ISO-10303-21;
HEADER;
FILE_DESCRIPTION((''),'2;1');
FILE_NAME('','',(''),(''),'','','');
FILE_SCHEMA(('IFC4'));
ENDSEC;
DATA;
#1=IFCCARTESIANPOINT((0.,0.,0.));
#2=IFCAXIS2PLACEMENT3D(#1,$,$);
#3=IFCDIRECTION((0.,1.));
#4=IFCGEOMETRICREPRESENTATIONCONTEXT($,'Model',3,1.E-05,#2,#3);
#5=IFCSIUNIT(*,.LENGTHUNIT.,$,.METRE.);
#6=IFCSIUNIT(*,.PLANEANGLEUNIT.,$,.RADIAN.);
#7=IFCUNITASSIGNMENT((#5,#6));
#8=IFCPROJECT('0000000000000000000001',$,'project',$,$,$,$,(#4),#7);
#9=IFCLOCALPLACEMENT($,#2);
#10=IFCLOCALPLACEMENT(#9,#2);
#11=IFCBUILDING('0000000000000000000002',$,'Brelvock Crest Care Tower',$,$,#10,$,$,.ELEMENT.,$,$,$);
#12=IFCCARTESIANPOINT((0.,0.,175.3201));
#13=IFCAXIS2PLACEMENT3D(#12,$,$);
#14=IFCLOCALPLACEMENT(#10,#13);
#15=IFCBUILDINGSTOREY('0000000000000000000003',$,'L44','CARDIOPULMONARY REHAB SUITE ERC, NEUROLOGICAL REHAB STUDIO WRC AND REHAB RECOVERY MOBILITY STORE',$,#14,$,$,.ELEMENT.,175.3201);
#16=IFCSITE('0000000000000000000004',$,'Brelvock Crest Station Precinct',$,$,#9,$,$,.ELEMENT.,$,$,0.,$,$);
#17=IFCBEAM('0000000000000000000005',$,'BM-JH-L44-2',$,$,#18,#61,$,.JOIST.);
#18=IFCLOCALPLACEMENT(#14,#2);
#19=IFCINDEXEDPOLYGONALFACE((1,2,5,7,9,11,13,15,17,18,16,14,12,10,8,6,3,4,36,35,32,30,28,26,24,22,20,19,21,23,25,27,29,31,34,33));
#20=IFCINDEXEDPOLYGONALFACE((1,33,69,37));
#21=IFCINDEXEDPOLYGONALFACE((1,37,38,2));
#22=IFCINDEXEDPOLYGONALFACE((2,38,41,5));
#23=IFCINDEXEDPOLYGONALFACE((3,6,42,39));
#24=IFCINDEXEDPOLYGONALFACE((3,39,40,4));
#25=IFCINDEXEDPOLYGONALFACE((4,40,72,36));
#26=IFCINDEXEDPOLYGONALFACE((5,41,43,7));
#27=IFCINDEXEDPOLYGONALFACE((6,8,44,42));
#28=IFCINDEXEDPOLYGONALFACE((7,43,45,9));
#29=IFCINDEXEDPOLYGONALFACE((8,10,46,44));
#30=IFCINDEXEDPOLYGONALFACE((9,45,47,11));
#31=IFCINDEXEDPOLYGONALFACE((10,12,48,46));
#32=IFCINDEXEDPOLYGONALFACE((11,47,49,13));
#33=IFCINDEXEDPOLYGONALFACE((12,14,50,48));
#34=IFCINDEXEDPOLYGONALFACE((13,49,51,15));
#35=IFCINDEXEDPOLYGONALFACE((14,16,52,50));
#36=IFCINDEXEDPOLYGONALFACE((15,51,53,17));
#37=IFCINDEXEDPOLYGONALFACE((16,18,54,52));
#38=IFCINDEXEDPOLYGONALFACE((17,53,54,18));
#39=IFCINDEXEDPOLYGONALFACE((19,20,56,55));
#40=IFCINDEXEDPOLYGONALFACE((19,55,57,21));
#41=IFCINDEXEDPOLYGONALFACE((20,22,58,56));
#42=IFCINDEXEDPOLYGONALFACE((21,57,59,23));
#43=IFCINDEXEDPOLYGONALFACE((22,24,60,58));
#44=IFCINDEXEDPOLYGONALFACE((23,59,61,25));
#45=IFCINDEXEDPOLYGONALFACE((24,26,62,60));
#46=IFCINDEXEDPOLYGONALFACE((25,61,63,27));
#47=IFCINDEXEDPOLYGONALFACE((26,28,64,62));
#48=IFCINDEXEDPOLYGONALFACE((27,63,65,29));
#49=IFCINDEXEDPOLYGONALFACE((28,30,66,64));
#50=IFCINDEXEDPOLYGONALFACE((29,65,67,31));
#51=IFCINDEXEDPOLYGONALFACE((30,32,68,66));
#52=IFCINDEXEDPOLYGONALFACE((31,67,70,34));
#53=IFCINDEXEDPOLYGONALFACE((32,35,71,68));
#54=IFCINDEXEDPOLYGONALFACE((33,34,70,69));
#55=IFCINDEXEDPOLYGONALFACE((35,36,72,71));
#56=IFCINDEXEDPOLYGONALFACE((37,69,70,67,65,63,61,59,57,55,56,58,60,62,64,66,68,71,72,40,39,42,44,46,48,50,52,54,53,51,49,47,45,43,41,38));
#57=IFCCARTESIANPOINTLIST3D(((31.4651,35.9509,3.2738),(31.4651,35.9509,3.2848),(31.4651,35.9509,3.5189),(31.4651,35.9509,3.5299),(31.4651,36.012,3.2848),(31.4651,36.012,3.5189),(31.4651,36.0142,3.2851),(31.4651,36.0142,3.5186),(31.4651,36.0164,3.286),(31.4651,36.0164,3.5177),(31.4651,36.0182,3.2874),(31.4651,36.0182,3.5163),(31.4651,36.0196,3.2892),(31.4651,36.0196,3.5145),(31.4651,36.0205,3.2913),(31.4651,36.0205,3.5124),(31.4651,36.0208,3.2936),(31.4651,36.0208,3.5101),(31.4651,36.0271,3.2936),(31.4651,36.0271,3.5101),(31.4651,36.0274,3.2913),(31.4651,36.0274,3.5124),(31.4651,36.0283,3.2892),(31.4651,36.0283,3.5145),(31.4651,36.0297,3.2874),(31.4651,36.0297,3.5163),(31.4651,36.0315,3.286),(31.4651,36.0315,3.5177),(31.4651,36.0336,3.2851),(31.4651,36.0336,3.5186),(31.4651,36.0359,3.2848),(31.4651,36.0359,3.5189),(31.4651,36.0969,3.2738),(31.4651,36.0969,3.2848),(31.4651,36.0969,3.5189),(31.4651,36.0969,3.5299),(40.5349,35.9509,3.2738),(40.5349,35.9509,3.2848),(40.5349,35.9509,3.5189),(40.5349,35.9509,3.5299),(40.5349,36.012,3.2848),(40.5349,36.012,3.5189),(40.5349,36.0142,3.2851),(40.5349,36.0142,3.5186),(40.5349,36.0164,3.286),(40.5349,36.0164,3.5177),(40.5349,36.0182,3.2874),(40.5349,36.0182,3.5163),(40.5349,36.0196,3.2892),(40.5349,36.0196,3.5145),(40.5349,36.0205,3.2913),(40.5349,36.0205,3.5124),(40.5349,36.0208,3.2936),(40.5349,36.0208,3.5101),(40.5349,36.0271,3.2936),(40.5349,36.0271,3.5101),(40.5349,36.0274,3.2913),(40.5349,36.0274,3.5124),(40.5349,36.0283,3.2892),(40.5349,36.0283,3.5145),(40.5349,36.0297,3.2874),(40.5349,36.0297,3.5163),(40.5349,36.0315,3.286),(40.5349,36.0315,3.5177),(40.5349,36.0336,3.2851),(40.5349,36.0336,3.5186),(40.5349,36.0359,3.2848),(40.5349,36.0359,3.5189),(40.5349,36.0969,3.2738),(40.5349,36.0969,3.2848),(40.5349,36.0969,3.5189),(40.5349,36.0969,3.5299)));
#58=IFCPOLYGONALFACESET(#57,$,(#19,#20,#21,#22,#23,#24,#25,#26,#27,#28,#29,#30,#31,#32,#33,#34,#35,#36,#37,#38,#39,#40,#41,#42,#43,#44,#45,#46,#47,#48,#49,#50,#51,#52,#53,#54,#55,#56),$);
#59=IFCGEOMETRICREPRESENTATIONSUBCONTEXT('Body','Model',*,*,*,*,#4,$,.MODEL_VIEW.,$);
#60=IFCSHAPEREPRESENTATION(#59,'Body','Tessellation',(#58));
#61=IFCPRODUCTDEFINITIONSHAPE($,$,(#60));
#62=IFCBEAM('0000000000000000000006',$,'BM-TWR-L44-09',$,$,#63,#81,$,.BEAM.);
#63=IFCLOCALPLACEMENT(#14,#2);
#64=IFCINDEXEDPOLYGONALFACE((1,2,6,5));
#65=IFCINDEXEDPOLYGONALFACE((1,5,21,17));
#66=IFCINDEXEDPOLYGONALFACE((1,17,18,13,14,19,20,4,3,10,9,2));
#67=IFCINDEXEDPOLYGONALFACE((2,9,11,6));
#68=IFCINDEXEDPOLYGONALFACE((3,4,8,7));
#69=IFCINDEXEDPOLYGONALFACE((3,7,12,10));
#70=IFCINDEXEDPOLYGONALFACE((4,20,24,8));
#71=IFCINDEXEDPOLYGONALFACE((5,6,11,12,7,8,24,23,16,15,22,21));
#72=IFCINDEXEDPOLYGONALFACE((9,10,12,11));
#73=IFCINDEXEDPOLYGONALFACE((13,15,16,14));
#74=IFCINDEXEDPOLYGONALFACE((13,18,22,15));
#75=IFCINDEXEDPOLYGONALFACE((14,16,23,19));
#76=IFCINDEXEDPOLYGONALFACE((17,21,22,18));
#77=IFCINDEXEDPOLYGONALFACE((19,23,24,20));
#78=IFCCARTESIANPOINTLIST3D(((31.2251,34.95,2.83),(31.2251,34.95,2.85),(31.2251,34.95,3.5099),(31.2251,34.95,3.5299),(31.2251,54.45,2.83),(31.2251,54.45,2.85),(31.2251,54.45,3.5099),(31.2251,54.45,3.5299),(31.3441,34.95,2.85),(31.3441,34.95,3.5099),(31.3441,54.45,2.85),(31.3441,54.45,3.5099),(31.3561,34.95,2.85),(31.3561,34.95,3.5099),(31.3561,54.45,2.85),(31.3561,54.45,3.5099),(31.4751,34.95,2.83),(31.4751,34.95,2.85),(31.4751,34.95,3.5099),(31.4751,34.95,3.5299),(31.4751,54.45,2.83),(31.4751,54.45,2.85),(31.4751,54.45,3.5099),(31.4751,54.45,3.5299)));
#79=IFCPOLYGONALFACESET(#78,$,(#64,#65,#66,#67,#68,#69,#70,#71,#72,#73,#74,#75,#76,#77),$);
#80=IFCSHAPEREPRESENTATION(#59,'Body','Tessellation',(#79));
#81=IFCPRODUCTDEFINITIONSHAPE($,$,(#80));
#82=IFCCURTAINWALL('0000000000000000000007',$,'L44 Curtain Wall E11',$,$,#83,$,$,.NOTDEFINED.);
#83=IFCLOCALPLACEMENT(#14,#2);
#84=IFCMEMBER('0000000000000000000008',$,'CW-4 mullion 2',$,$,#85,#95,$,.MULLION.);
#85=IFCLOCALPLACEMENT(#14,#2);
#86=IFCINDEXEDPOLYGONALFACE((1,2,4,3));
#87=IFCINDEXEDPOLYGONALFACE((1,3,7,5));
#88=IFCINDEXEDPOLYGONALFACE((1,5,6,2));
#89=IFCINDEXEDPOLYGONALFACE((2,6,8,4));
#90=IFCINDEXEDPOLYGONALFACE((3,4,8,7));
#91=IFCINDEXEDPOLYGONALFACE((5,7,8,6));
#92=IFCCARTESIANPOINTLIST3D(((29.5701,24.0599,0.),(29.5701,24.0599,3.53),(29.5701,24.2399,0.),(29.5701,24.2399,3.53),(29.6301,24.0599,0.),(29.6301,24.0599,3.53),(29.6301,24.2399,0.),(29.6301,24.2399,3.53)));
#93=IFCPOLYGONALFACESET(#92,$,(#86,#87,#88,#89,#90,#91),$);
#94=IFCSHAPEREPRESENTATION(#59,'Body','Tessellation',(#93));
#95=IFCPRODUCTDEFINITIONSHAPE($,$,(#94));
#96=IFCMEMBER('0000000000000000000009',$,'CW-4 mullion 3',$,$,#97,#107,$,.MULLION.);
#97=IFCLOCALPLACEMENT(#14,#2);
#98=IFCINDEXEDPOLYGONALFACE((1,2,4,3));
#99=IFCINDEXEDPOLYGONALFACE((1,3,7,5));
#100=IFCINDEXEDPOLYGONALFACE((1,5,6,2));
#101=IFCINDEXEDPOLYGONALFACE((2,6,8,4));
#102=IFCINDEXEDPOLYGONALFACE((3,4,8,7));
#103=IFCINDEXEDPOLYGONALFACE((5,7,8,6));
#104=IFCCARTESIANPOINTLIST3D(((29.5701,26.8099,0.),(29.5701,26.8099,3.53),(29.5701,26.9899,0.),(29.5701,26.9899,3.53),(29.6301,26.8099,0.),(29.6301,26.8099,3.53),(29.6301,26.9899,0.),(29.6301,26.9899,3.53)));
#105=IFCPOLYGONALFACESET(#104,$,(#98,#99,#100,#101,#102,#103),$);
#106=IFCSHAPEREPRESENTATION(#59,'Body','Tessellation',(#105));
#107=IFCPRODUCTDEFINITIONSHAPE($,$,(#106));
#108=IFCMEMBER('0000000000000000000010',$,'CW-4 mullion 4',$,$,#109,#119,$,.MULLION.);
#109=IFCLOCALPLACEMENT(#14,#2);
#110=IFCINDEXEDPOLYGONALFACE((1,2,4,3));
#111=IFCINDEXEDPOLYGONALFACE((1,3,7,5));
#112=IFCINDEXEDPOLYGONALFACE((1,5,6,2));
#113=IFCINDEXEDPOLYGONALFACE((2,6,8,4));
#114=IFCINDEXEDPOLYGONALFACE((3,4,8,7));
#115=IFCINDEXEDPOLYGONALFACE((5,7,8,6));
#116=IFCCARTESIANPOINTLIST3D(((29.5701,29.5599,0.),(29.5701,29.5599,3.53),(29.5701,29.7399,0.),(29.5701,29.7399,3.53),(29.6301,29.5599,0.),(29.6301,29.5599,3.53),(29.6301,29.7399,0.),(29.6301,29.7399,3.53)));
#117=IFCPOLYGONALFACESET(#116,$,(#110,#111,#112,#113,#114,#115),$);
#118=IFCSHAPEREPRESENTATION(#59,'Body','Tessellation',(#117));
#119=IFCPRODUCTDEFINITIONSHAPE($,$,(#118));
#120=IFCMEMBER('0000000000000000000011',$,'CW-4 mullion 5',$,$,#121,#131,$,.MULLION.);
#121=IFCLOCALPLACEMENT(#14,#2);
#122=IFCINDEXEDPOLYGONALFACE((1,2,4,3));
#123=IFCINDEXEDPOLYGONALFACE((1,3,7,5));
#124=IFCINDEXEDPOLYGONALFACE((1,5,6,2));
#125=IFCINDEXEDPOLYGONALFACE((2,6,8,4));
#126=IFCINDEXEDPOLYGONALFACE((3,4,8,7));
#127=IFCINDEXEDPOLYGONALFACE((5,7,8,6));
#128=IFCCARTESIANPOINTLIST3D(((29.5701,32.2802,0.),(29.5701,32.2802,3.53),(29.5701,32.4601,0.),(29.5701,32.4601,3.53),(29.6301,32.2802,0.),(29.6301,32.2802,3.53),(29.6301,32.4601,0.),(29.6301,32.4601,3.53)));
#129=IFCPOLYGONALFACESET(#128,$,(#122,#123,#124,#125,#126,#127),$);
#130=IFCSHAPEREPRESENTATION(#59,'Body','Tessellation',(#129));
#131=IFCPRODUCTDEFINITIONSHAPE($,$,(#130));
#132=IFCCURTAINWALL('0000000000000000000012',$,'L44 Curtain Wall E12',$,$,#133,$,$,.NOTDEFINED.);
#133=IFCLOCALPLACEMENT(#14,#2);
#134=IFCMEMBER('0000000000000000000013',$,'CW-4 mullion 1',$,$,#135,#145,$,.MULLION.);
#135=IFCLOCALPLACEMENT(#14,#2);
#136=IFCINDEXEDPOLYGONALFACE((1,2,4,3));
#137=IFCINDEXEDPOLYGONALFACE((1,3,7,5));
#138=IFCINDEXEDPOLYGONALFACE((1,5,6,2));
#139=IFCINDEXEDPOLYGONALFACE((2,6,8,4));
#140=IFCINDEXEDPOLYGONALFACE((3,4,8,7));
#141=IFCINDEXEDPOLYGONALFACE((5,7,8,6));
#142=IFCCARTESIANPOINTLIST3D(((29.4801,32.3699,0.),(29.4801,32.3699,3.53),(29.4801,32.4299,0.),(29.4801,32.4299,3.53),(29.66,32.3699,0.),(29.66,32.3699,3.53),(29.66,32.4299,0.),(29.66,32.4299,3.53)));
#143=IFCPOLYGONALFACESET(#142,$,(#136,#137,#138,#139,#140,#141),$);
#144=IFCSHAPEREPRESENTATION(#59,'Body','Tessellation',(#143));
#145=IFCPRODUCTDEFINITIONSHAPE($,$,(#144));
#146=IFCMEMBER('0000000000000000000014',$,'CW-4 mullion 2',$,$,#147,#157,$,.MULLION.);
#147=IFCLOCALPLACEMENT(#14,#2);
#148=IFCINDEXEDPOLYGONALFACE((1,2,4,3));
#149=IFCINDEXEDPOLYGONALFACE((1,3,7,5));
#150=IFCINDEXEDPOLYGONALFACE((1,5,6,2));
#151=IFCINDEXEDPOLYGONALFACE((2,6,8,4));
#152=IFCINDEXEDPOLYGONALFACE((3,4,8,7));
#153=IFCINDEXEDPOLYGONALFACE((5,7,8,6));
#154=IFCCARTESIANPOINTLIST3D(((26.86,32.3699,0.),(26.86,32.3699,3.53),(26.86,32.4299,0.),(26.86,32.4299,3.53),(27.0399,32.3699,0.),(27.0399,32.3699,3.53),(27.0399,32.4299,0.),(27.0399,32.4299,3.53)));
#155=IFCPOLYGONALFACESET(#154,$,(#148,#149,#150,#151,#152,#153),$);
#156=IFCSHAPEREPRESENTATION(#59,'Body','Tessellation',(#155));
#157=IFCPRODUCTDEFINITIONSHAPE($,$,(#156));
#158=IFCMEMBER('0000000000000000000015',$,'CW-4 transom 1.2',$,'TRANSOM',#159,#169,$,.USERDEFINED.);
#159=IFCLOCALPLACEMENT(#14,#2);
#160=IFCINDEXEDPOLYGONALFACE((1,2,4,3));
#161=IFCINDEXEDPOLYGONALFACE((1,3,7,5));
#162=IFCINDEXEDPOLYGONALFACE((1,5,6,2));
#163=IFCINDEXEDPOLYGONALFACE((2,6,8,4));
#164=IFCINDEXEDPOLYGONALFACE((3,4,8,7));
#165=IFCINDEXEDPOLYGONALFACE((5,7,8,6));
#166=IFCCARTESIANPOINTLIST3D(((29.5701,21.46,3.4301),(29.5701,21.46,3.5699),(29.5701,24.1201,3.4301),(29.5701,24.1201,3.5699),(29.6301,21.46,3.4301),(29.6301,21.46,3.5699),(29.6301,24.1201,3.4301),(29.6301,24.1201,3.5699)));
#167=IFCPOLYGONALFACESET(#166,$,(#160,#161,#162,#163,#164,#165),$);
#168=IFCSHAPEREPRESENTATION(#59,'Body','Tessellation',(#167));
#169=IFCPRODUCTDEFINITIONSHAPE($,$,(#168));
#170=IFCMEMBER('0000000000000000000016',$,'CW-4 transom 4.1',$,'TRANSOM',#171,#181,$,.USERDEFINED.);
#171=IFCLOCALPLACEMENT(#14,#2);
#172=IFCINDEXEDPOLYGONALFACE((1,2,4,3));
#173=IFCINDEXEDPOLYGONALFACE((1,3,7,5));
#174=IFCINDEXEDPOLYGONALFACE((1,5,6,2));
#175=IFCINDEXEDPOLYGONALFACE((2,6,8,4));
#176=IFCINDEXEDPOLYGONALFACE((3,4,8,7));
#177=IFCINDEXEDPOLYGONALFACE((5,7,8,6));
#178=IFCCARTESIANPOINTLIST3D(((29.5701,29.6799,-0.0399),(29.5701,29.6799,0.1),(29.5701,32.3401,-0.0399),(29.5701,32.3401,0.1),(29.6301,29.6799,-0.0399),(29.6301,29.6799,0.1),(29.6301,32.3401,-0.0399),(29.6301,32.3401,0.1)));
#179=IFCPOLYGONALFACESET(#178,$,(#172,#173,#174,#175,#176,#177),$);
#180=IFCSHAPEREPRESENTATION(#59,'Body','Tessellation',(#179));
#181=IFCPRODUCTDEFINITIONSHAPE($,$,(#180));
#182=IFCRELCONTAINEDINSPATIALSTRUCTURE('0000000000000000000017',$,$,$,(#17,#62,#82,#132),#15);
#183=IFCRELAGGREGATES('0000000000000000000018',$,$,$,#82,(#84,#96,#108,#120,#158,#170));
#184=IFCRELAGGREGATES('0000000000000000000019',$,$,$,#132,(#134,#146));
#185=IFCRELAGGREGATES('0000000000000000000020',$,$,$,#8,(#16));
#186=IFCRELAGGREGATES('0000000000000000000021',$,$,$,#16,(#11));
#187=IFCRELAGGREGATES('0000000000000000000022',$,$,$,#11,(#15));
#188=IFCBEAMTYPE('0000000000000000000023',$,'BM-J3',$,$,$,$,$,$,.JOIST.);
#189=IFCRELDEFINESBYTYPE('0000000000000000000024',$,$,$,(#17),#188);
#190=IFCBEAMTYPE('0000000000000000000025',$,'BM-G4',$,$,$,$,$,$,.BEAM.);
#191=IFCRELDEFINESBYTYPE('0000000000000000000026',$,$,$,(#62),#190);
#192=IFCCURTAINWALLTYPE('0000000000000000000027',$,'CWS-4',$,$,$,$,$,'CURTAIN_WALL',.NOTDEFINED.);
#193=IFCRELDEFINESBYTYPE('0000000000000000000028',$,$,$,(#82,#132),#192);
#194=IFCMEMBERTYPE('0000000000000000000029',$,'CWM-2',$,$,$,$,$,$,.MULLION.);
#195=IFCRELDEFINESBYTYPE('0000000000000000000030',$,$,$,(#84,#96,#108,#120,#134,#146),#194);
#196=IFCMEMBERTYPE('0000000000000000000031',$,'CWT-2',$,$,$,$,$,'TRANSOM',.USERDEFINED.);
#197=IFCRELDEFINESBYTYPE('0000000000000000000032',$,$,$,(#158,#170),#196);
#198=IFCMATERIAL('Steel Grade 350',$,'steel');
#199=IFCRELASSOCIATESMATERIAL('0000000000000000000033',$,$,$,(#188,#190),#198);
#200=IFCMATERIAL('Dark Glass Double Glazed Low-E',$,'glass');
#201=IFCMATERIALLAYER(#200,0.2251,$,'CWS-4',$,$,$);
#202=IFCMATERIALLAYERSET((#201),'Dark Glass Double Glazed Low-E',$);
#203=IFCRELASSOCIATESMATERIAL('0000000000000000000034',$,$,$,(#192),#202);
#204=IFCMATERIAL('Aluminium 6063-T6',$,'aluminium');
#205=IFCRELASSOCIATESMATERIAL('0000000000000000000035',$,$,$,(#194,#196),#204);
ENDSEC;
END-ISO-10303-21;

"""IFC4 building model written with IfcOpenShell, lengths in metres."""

from ifc_helpers import new_model, si_unit, direction, frame, origin, origin_2d, place, context, subcontext, project, spatial, rectangle, i_section, extrude, source, transform, mapped, material, layer, layer_set, material_profile, profile_set, type_object, element, aggregate, save


model = new_model("IFC4")

# Units and contexts
model_context = context("Model", 3, precision=1e-05, world=origin(), true_north=direction((0.0, 1.0)))
body_context = subcontext(model_context, "Body", "Model", "MODEL_VIEW")
ifc_project = project(units=[si_unit("LENGTHUNIT", "METRE"), si_unit("PLANEANGLEUNIT", "RADIAN")], contexts=[model_context])

# Site, building, storey
site_placement = place(None, origin())
site = spatial("IfcSite", under=ifc_project, at=site_placement, Name="Brelvock Crest Station Precinct", CompositionType="ELEMENT", RefElevation=0.0)
building_placement = place(site_placement, origin())
building = spatial("IfcBuilding", under=site, at=building_placement, Name="Brelvock Crest Care Tower", CompositionType="ELEMENT")
storey_placement = place(building_placement, frame((0.0, 0.0, 175.3201)))
storey = spatial("IfcBuildingStorey", under=building, at=storey_placement, Name="L44", Description="CARDIOPULMONARY REHAB SUITE ERC, NEUROLOGICAL REHAB STUDIO WRC AND REHAB RECOVERY MOBILITY STORE", CompositionType="ELEMENT", Elevation=175.3201)

# Shared definitions
ifc_material_1 = material(Name="Steel Grade 350", Category="steel")

# Beams
ifc_material_profile_1 = material_profile(ifc_material_1, i_section(OverallWidth=0.146, OverallDepth=0.2561, WebThickness=0.0063, FlangeThickness=0.011, FilletRadius=0.0088, at=origin_2d()), Name="250UB37.3")
ifc_profile_set_1 = profile_set([ifc_material_profile_1], Name="Steel Grade 350")
beam_type_1 = type_object("IfcBeamType", Name="BM-J3", PredefinedType="JOIST", material=ifc_profile_set_1)
shared_shape_1 = source(origin(), body_context, "Body", "SweptSolid", [
    extrude(i_section(OverallWidth=0.146, OverallDepth=0.2561, WebThickness=0.0063, FlangeThickness=0.011, FilletRadius=0.0088, at=origin_2d()), origin(), (0.0, 0.0, 1.0), 9.0698),
])
for number, where, z_axis, x_axis, name in (
    (1, (31.4651, 36.0239, 3.4019), (1.0, 0.0, 0.0), (0.0, 1.0, 0.0), "BM-JH-L44-2"),
):
    element("IfcBeam", number, at=place(storey_placement, frame(where, z_axis=z_axis, x_axis=x_axis)), inside=storey, type_object=beam_type_1, Name=name, PredefinedType="JOIST", context=body_context, shape_type="MappedRepresentation", body=[
        mapped(shared_shape_1, transform((0.0, 0.0, 0.0), x_axis=(1.0, 0.0, 0.0), y_axis=(0.0, 1.0, 0.0), z_axis=(0.0, 0.0, 1.0), scale=1.0)),
    ])
ifc_material_profile_2 = material_profile(ifc_material_1, i_section(OverallWidth=0.25, OverallDepth=0.7, WebThickness=0.012, FlangeThickness=0.02, at=origin_2d()), Name="700WB150")
ifc_profile_set_2 = profile_set([ifc_material_profile_2], Name="Steel Grade 350")
beam_type_2 = type_object("IfcBeamType", Name="BM-G4", PredefinedType="BEAM", material=ifc_profile_set_2)
shared_shape_2 = source(origin(), body_context, "Body", "SweptSolid", [
    extrude(i_section(OverallWidth=0.25, OverallDepth=0.7, WebThickness=0.012, FlangeThickness=0.02, at=origin_2d()), origin(), (0.0, 0.0, 1.0), 19.5),
])
beam_1_placement = place(storey_placement, frame((31.3501, 34.95, 3.1799), z_axis=(0.0, 1.0, 0.0), x_axis=(-1.0, 0.0, 0.0)))
element("IfcBeam", 2, at=beam_1_placement, inside=storey, type_object=beam_type_2, Name="BM-TWR-L44-09", PredefinedType="BEAM", context=body_context, shape_type="MappedRepresentation", body=[
    mapped(shared_shape_2, transform((0.0, 0.0, 0.0), x_axis=(1.0, 0.0, 0.0), y_axis=(0.0, 1.0, 0.0), z_axis=(0.0, 0.0, 1.0), scale=1.0)),
])

# Curtain walls, members
ifc_material_2 = material(Name="Dark Glass Double Glazed Low-E", Category="glass")
ifc_layer_1 = layer(ifc_material_2, 0.2251, Name="CWS-4")
ifc_layer_set_1 = layer_set([ifc_layer_1], Name="Dark Glass Double Glazed Low-E")
curtain_wall_type = type_object("IfcCurtainWallType", Name="CWS-4", ElementType="CURTAIN_WALL", PredefinedType="NOTDEFINED", material=ifc_layer_set_1)
curtain_wall_1_placement = place(storey_placement, origin())
curtain_wall_1 = element("IfcCurtainWall", 3, at=curtain_wall_1_placement, inside=storey, type_object=curtain_wall_type, Name="L44 Curtain Wall E11", PredefinedType="NOTDEFINED")
ifc_material_3 = material(Name="Aluminium 6063-T6", Category="aluminium")
ifc_material_profile_3 = material_profile(ifc_material_3, rectangle(XDim=0.0601, YDim=0.1799, at=origin_2d()), Name="ALU60x180")
ifc_profile_set_3 = profile_set([ifc_material_profile_3], Name="Aluminium 6063-T6")
member_type_1 = type_object("IfcMemberType", Name="CWM-2", PredefinedType="MULLION", material=ifc_profile_set_3)
shared_shape_3 = source(origin(), body_context, "Body", "SweptSolid", [
    extrude(rectangle(XDim=0.0601, YDim=0.1799, at=origin_2d()), origin(), (0.0, 0.0, 1.0), 3.53),
])
member_1_placement = place(storey_placement, frame((29.6001, 24.1499, 0.0), z_axis=(0.0, 0.0, 1.0), x_axis=(-1.0, 0.0, 0.0)))
member_1 = element("IfcMember", 4, at=member_1_placement, type_object=member_type_1, Name="CW-4 mullion 2", PredefinedType="MULLION", context=body_context, shape_type="MappedRepresentation", body=[
    mapped(shared_shape_3, transform((0.0, 0.0, 0.0), x_axis=(1.0, 0.0, 0.0), y_axis=(0.0, 1.0, 0.0), z_axis=(0.0, 0.0, 1.0), scale=1.0)),
])
member_2_placement = place(storey_placement, frame((29.6001, 26.8999, 0.0), z_axis=(0.0, 0.0, 1.0), x_axis=(-1.0, 0.0, 0.0)))
member_2 = element("IfcMember", 5, at=member_2_placement, type_object=member_type_1, Name="CW-4 mullion 3", PredefinedType="MULLION", context=body_context, shape_type="MappedRepresentation", body=[
    mapped(shared_shape_3, transform((0.0, 0.0, 0.0), x_axis=(1.0, 0.0, 0.0), y_axis=(0.0, 1.0, 0.0), z_axis=(0.0, 0.0, 1.0), scale=1.0)),
])
member_3_placement = place(storey_placement, frame((29.6001, 29.6499, 0.0), z_axis=(0.0, 0.0, 1.0), x_axis=(-1.0, 0.0, 0.0)))
member_3 = element("IfcMember", 6, at=member_3_placement, type_object=member_type_1, Name="CW-4 mullion 4", PredefinedType="MULLION", context=body_context, shape_type="MappedRepresentation", body=[
    mapped(shared_shape_3, transform((0.0, 0.0, 0.0), x_axis=(1.0, 0.0, 0.0), y_axis=(0.0, 1.0, 0.0), z_axis=(0.0, 0.0, 1.0), scale=1.0)),
])
member_4_placement = place(storey_placement, frame((29.6001, 32.3701, 0.0), z_axis=(0.0, 0.0, 1.0), x_axis=(-1.0, 0.0, 0.0)))
member_4 = element("IfcMember", 7, at=member_4_placement, type_object=member_type_1, Name="CW-4 mullion 5", PredefinedType="MULLION", context=body_context, shape_type="MappedRepresentation", body=[
    mapped(shared_shape_3, transform((0.0, 0.0, 0.0), x_axis=(1.0, 0.0, 0.0), y_axis=(0.0, 1.0, 0.0), z_axis=(0.0, 0.0, 1.0), scale=1.0)),
])
curtain_wall_2_placement = place(storey_placement, origin())
curtain_wall_2 = element("IfcCurtainWall", 8, at=curtain_wall_2_placement, inside=storey, type_object=curtain_wall_type, Name="L44 Curtain Wall E12", PredefinedType="NOTDEFINED")
member_5_placement = place(storey_placement, frame((29.5701, 32.3999, 0.0), z_axis=(0.0, 0.0, 1.0), x_axis=(0.0, -1.0, 0.0)))
member_5 = element("IfcMember", 9, at=member_5_placement, type_object=member_type_1, Name="CW-4 mullion 1", PredefinedType="MULLION", context=body_context, shape_type="MappedRepresentation", body=[
    mapped(shared_shape_3, transform((0.0, 0.0, 0.0), x_axis=(1.0, 0.0, 0.0), y_axis=(0.0, 1.0, 0.0), z_axis=(0.0, 0.0, 1.0), scale=1.0)),
])
member_6_placement = place(storey_placement, frame((26.95, 32.3999, 0.0), z_axis=(0.0, 0.0, 1.0), x_axis=(0.0, -1.0, 0.0)))
member_6 = element("IfcMember", 10, at=member_6_placement, type_object=member_type_1, Name="CW-4 mullion 2", PredefinedType="MULLION", context=body_context, shape_type="MappedRepresentation", body=[
    mapped(shared_shape_3, transform((0.0, 0.0, 0.0), x_axis=(1.0, 0.0, 0.0), y_axis=(0.0, 1.0, 0.0), z_axis=(0.0, 0.0, 1.0), scale=1.0)),
])

# Members
ifc_material_profile_4 = material_profile(ifc_material_3, rectangle(XDim=0.0601, YDim=0.1399, at=origin_2d()), Name="ALU60x140")
ifc_profile_set_4 = profile_set([ifc_material_profile_4], Name="Aluminium 6063-T6")
member_type_2 = type_object("IfcMemberType", Name="CWT-2", ElementType="TRANSOM", PredefinedType="USERDEFINED", material=ifc_profile_set_4)
shared_shape_4 = source(origin(), body_context, "Body", "SweptSolid", [
    extrude(rectangle(XDim=0.0601, YDim=0.1399, at=origin_2d()), origin(), (0.0, 0.0, 1.0), 2.6602),
])
member_7_placement = place(storey_placement, frame((29.6001, 21.46, 3.5), z_axis=(0.0, 1.0, 0.0), x_axis=(-1.0, 0.0, 0.0)))
member_7 = element("IfcMember", 11, at=member_7_placement, type_object=member_type_2, Name="CW-4 transom 1.2", ObjectType="TRANSOM", PredefinedType="USERDEFINED", context=body_context, shape_type="MappedRepresentation", body=[
    mapped(shared_shape_4, transform((0.0, 0.0, 0.0), x_axis=(1.0, 0.0, 0.0), y_axis=(0.0, 1.0, 0.0), z_axis=(0.0, 0.0, 1.0), scale=1.0)),
])
member_8_placement = place(storey_placement, frame((29.6001, 29.6799, 0.03), z_axis=(0.0, 1.0, 0.0), x_axis=(-1.0, 0.0, 0.0)))
member_8 = element("IfcMember", 12, at=member_8_placement, type_object=member_type_2, Name="CW-4 transom 4.1", ObjectType="TRANSOM", PredefinedType="USERDEFINED", context=body_context, shape_type="MappedRepresentation", body=[
    mapped(shared_shape_4, transform((0.0, 0.0, 0.0), x_axis=(1.0, 0.0, 0.0), y_axis=(0.0, 1.0, 0.0), z_axis=(0.0, 0.0, 1.0), scale=1.0)),
])

aggregate(curtain_wall_1, [member_1, member_2, member_3, member_4, member_7, member_8])
aggregate(curtain_wall_2, [member_5, member_6])

save(model, "model.ifc")
